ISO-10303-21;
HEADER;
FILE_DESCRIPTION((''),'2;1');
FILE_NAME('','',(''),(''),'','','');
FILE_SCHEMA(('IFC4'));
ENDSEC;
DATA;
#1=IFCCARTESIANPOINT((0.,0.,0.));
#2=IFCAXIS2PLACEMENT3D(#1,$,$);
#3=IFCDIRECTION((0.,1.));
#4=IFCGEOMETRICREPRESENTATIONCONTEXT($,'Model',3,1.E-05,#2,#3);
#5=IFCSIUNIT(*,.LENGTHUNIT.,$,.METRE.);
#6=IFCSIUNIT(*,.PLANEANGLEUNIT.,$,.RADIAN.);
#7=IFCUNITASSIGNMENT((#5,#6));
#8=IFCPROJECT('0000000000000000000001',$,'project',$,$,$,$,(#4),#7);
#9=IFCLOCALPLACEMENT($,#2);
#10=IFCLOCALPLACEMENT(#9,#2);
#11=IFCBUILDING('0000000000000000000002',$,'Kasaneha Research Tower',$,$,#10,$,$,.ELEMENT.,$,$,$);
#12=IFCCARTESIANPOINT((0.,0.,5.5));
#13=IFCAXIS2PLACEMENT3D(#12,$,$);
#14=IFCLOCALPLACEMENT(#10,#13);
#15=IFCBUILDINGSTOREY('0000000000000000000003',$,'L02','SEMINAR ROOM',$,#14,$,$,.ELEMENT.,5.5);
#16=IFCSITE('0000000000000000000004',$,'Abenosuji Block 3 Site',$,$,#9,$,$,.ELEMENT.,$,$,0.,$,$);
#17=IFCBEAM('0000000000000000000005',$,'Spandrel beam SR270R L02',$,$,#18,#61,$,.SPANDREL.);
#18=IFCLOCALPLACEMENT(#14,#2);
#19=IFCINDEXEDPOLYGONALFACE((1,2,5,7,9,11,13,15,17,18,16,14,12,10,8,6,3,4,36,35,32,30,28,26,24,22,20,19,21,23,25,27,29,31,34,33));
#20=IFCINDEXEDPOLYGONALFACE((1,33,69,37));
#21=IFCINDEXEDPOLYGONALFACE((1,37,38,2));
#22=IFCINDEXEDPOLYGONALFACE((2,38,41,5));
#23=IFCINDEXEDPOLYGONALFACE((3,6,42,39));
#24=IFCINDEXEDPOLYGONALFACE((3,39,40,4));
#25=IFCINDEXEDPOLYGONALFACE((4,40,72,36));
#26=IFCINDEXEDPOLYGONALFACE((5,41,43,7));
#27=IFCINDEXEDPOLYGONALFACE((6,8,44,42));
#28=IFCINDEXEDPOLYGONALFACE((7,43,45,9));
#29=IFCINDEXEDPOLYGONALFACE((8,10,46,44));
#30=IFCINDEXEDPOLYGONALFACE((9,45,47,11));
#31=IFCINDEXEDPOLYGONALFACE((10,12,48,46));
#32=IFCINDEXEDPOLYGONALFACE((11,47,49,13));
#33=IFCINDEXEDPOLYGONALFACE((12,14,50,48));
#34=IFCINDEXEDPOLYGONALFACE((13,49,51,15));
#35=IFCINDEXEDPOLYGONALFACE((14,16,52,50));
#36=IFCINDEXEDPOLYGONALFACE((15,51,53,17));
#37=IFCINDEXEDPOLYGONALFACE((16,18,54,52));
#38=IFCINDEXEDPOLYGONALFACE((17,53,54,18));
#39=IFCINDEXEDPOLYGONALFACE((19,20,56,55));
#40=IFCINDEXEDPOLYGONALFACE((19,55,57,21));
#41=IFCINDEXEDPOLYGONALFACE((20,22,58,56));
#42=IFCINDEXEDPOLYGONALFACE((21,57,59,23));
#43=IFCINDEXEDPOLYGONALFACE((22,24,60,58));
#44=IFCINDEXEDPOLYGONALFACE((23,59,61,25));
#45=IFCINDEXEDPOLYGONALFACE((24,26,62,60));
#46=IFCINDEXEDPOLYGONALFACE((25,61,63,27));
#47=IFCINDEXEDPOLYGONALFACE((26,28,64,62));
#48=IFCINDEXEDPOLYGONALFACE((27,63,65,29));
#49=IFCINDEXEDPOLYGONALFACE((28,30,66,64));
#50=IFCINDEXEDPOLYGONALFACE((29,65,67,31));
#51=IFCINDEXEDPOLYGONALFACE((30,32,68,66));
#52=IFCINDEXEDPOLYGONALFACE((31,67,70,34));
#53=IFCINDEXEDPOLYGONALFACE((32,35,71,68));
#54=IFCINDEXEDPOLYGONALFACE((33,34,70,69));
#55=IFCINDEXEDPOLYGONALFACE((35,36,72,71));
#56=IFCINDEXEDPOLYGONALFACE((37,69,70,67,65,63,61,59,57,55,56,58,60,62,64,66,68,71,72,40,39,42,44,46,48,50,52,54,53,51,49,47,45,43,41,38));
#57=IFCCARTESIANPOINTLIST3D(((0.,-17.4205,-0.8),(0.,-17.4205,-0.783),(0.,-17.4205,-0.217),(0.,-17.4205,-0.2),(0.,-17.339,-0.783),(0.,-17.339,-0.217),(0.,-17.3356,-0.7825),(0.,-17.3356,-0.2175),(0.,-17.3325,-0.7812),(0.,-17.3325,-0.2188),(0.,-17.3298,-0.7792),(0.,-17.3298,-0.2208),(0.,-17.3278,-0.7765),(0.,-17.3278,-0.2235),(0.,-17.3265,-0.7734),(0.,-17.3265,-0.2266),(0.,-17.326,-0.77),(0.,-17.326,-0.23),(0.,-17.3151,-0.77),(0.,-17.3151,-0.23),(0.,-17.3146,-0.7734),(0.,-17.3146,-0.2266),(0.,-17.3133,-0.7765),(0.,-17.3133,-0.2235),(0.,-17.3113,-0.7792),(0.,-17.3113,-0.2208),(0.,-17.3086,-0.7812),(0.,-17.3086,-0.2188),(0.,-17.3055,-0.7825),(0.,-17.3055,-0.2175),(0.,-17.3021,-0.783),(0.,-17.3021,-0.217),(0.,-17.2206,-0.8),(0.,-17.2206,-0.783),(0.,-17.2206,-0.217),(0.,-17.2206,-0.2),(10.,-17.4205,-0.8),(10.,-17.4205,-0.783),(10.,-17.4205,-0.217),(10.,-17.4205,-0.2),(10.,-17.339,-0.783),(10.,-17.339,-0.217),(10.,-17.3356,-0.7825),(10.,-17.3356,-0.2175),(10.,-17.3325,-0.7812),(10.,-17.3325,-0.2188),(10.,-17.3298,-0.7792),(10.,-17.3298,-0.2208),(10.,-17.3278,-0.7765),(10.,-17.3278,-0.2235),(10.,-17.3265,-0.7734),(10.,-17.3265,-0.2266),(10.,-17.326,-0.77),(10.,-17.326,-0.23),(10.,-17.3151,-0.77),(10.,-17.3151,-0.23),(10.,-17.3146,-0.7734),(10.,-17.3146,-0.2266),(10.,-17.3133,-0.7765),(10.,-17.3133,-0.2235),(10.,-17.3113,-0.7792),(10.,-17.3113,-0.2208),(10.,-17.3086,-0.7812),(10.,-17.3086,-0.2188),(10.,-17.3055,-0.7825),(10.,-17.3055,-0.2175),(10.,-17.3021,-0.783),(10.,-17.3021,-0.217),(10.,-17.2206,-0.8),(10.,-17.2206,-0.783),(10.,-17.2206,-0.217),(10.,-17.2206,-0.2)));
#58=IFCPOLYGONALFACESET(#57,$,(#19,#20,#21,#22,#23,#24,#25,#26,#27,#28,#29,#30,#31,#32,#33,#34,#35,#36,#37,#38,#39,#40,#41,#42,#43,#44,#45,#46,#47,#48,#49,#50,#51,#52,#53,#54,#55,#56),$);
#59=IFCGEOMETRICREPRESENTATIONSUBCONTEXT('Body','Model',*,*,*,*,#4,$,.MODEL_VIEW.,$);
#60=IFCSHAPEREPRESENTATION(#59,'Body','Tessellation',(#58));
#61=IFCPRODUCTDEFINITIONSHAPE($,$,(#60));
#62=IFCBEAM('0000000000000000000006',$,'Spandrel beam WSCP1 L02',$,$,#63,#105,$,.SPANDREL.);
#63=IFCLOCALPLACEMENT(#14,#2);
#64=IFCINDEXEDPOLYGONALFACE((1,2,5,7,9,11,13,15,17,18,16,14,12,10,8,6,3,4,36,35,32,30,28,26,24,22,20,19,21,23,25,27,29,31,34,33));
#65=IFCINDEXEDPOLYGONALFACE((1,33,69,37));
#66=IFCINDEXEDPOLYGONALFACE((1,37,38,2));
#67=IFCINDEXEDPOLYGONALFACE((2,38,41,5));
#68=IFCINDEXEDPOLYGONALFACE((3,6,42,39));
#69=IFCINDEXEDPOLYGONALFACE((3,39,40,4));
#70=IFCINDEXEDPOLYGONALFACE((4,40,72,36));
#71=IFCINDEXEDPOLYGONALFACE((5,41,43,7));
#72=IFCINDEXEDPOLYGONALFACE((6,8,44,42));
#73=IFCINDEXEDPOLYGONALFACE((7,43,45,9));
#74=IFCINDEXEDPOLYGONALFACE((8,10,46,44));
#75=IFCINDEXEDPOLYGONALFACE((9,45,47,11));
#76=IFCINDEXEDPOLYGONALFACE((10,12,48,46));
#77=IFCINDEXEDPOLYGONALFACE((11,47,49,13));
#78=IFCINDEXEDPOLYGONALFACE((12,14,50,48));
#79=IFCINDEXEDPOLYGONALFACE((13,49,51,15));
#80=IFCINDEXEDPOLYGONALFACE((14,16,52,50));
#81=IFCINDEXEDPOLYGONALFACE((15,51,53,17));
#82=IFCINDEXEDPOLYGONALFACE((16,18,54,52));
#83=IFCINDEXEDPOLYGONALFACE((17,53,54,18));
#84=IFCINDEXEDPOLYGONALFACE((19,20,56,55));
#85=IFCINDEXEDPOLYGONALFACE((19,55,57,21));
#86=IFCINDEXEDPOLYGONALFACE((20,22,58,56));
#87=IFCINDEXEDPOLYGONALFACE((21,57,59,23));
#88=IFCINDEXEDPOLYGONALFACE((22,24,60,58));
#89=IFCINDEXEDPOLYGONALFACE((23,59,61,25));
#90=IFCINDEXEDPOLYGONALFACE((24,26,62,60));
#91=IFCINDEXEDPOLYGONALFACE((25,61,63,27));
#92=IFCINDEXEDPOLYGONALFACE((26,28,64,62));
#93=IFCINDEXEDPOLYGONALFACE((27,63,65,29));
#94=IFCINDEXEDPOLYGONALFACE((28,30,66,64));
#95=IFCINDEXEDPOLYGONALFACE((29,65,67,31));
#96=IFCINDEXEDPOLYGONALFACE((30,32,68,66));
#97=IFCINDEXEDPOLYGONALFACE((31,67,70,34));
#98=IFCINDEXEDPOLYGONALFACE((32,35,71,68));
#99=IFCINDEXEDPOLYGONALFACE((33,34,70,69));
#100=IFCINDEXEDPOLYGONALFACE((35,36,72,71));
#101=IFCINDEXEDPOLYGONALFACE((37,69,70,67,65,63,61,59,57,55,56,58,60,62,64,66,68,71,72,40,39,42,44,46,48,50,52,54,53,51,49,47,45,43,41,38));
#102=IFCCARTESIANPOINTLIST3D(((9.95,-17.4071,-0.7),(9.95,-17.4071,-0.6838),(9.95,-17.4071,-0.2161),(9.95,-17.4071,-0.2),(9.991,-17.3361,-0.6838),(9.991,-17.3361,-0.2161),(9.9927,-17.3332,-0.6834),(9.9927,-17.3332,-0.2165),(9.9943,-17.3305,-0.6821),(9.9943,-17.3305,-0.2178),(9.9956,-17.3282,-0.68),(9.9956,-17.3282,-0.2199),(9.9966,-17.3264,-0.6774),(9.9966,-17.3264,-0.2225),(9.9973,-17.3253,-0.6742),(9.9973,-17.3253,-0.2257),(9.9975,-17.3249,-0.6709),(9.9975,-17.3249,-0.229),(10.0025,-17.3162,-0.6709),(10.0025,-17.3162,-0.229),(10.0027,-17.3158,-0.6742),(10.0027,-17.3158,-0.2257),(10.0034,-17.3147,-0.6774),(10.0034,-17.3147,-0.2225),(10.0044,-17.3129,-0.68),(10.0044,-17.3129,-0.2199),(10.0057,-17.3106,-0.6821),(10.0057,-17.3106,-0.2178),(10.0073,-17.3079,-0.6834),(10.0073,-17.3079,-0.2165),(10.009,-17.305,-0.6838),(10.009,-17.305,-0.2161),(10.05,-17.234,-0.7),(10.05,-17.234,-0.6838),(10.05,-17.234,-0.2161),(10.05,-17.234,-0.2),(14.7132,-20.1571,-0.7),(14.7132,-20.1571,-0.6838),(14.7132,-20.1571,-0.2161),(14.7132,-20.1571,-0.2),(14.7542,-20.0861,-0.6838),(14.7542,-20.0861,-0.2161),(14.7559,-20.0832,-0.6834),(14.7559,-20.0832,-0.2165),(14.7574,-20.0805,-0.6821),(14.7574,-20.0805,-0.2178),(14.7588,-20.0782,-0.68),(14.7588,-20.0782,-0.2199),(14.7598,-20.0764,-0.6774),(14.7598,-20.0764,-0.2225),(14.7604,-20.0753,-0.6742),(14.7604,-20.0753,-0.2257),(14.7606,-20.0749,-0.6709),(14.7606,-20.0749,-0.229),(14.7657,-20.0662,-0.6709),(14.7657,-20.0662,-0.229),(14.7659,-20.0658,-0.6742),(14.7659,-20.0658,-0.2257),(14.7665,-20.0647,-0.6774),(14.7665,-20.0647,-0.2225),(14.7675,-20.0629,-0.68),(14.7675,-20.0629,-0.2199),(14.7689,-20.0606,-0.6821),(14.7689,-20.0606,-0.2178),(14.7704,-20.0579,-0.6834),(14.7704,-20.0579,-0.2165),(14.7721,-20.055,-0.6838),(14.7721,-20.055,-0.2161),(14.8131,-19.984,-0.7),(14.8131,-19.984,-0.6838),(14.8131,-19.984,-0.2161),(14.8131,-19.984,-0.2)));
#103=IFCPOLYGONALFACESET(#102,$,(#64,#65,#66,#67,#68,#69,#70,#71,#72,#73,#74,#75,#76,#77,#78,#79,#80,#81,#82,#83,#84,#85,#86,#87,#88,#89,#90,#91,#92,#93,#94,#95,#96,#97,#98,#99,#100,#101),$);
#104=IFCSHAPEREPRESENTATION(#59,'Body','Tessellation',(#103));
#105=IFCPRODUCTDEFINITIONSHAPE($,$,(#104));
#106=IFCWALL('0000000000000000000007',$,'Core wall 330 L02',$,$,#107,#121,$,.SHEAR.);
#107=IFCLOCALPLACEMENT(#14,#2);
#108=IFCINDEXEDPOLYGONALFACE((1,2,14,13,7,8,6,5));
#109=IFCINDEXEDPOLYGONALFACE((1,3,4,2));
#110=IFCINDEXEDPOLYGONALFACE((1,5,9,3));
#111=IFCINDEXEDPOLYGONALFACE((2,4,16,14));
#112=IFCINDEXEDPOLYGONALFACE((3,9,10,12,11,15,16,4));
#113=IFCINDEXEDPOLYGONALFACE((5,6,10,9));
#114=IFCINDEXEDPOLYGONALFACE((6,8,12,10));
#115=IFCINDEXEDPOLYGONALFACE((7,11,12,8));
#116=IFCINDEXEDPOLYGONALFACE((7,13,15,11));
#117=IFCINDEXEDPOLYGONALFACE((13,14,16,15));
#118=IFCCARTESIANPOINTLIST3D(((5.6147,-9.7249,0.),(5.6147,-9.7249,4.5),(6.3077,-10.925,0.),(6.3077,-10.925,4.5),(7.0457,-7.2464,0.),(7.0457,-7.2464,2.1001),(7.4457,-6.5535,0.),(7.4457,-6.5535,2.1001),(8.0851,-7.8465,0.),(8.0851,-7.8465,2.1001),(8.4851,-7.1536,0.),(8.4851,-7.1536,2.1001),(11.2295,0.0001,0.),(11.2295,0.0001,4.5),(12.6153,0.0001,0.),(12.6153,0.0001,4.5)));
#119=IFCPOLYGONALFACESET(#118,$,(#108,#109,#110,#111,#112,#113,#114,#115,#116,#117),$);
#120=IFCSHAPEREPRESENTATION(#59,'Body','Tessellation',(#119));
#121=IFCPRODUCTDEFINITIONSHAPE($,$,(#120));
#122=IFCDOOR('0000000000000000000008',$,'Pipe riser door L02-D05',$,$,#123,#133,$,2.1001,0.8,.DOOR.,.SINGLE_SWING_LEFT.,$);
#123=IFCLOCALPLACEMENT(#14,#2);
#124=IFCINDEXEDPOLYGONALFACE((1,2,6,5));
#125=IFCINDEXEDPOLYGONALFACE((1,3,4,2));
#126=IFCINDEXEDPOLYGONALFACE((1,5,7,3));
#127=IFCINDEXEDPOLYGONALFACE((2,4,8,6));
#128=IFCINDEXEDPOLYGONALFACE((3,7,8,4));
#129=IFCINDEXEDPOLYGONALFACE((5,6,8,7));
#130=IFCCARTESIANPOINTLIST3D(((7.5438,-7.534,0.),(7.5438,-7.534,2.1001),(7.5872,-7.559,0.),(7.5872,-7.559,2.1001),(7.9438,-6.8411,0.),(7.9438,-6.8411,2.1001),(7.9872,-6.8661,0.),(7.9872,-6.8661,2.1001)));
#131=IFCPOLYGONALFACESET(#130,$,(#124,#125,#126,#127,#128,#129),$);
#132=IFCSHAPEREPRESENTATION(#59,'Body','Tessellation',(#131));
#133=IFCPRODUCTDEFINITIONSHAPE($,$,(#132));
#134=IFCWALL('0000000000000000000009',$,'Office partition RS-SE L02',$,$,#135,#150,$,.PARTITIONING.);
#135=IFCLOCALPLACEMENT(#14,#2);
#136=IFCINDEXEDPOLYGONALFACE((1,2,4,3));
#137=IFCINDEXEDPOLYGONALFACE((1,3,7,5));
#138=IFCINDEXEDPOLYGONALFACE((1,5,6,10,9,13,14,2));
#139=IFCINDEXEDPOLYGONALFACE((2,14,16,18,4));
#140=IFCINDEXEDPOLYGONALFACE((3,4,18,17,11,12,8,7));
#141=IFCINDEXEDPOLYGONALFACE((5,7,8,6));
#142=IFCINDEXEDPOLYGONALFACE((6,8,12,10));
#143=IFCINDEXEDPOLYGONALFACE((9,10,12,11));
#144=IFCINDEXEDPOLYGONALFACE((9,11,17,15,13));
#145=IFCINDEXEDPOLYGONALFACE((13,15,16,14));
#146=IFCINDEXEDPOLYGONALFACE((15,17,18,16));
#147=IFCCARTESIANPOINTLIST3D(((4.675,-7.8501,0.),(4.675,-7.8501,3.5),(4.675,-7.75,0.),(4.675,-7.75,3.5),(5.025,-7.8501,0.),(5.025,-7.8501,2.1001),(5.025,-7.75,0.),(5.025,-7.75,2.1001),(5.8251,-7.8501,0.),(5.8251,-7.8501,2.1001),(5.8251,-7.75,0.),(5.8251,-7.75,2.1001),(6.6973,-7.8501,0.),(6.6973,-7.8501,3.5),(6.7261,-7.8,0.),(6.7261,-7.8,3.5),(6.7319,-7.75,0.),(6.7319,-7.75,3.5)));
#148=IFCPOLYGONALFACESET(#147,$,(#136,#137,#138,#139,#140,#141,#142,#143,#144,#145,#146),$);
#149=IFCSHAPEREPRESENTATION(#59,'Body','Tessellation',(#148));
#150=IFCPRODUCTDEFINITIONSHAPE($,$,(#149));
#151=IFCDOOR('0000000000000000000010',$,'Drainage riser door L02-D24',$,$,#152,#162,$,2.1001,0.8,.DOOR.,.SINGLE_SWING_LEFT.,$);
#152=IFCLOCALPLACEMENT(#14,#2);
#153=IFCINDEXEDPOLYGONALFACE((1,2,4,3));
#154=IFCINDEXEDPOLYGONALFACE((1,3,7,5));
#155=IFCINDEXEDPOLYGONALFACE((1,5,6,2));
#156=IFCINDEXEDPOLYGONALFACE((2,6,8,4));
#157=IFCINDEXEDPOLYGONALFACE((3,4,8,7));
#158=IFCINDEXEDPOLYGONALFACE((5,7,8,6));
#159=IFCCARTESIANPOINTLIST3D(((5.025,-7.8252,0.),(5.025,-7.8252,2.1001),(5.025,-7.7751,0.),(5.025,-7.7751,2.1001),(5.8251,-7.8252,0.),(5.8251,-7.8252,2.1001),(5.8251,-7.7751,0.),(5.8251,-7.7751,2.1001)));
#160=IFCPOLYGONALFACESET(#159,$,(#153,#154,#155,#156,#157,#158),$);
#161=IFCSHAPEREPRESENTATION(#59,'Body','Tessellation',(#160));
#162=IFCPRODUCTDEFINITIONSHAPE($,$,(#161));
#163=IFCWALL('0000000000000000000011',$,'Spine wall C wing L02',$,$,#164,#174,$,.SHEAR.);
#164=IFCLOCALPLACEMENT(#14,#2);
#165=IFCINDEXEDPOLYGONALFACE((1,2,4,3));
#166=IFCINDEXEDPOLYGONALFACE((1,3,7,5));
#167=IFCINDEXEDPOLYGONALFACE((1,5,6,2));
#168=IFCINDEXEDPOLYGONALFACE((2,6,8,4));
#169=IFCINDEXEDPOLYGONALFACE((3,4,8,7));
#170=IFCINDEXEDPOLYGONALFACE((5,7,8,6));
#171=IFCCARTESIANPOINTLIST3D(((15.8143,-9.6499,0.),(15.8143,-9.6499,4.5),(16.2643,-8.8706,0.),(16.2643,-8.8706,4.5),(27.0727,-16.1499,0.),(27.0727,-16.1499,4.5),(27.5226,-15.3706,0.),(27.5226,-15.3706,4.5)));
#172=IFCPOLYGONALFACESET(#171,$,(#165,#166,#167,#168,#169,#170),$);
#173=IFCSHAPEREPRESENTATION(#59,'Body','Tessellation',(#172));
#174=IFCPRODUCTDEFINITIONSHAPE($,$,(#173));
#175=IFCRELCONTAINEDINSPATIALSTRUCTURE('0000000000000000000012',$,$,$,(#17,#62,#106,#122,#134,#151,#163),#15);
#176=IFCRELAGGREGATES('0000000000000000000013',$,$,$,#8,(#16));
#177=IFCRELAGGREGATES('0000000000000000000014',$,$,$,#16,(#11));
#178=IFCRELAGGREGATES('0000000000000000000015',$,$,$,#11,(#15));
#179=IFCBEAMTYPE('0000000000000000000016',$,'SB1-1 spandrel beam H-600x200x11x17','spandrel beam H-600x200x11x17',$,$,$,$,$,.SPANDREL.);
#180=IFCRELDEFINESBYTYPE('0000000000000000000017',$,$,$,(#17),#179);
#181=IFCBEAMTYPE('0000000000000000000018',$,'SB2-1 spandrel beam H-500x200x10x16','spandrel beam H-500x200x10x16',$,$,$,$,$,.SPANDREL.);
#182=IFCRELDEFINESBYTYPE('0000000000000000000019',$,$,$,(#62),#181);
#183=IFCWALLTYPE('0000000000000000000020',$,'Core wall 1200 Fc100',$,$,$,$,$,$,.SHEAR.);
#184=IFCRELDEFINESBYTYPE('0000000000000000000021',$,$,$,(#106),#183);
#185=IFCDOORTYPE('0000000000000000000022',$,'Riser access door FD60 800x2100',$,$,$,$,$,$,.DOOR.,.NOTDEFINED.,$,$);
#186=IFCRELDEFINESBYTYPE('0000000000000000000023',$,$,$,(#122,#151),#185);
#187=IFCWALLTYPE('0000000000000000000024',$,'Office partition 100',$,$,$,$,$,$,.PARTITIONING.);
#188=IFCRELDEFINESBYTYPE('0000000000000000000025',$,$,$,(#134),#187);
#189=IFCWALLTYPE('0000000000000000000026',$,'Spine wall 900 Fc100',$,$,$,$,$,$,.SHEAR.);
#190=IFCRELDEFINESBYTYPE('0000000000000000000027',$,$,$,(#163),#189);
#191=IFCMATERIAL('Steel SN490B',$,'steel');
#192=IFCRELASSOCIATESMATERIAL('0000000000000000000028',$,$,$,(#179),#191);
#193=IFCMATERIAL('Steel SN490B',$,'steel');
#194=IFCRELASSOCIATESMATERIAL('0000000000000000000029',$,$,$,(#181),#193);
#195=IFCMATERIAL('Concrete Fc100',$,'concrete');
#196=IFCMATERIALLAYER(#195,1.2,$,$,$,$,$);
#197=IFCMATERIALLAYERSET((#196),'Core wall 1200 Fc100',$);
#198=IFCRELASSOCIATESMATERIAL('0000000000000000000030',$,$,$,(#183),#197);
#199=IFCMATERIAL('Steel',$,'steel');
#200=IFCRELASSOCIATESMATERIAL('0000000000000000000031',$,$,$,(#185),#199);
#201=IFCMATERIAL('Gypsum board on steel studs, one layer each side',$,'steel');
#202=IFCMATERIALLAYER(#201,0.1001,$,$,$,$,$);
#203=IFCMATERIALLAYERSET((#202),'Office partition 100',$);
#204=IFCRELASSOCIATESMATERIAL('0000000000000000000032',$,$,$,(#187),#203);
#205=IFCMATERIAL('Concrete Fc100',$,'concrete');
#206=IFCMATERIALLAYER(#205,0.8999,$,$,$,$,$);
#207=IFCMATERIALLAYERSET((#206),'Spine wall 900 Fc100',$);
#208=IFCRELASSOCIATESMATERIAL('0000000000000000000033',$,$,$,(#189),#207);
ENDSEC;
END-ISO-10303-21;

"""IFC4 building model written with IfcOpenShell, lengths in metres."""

from ifc_helpers import new_model, si_unit, direction, frame, frame_2d, origin, origin_2d, place, context, subcontext, project, spatial, polyline, rectangle, i_section, outline, extrude, material, layer, layer_set, material_profile, profile_set, type_object, element, fill, save


model = new_model("IFC4")

# Units and contexts
model_context = context("Model", 3, precision=1e-05, world=origin(), true_north=direction((0.0, 1.0)))
body_context = subcontext(model_context, "Body", "Model", "MODEL_VIEW")
ifc_project = project(units=[si_unit("LENGTHUNIT", "METRE"), si_unit("PLANEANGLEUNIT", "RADIAN")], contexts=[model_context])

# Site, building, storey
site_placement = place(None, origin())
site = spatial("IfcSite", under=ifc_project, at=site_placement, Name="Abenosuji Block 3 Site", CompositionType="ELEMENT", RefElevation=0.0)
building_placement = place(site_placement, origin())
building = spatial("IfcBuilding", under=site, at=building_placement, Name="Kasaneha Research Tower", CompositionType="ELEMENT")
storey_placement = place(building_placement, frame((0.0, 0.0, 5.5)))
storey = spatial("IfcBuildingStorey", under=building, at=storey_placement, Name="L02", Description="SEMINAR ROOM", CompositionType="ELEMENT", Elevation=5.5)

# Beams
ifc_material_1 = material(Name="Steel SN490B", Category="steel")
ifc_material_profile_1 = material_profile(ifc_material_1, i_section(OverallWidth=0.2, OverallDepth=0.6001, WebThickness=0.011, FlangeThickness=0.0171, FilletRadius=0.0129, at=origin_2d()), Name="H-600x200x11x17")
ifc_profile_set_1 = profile_set([ifc_material_profile_1], Name="Steel SN490B")
beam_type_1 = type_object("IfcBeamType", Name="SB1-1 spandrel beam H-600x200x11x17", Description="spandrel beam H-600x200x11x17", PredefinedType="SPANDREL", material=ifc_profile_set_1)
beam_1_placement = place(storey_placement, frame((10.0, -17.3206, -0.5), z_axis=(-1.0, 0.0, 0.0), x_axis=(0.0, -1.0, 0.0)))
element("IfcBeam", 1, at=beam_1_placement, inside=storey, type_object=beam_type_1, Name="Spandrel beam SR270R L02", PredefinedType="SPANDREL", context=body_context, shape_type="SweptSolid", body=[
    extrude(i_section(OverallWidth=0.2, OverallDepth=0.6001, WebThickness=0.011, FlangeThickness=0.0171, FilletRadius=0.0129, at=origin_2d()), origin(), (0.0, 0.0, 1.0), 10.0),
])
ifc_material_2 = material(Name="Steel SN490B", Category="steel")
ifc_material_profile_2 = material_profile(ifc_material_2, i_section(OverallWidth=0.2, OverallDepth=0.5, WebThickness=0.01, FlangeThickness=0.0161, FilletRadius=0.0129, at=origin_2d()), Name="H-500x200x10x16")
ifc_profile_set_2 = profile_set([ifc_material_profile_2], Name="Steel SN490B")
beam_type_2 = type_object("IfcBeamType", Name="SB2-1 spandrel beam H-500x200x10x16", Description="spandrel beam H-500x200x10x16", PredefinedType="SPANDREL", material=ifc_profile_set_2)
beam_2_placement = place(storey_placement, frame((10.0, -17.3206, -0.45), z_axis=(0.866027, -0.499997, 0.0), x_axis=(0.499997, 0.866027, 0.0)))
element("IfcBeam", 2, at=beam_2_placement, inside=storey, type_object=beam_type_2, Name="Spandrel beam WSCP1 L02", PredefinedType="SPANDREL", context=body_context, shape_type="SweptSolid", body=[
    extrude(i_section(OverallWidth=0.2, OverallDepth=0.5, WebThickness=0.01, FlangeThickness=0.0161, FilletRadius=0.0129, at=origin_2d()), origin(), (0.0, 0.0, 1.0), 5.5),
])

# Walls, openings, doors
ifc_material_3 = material(Name="Concrete Fc100", Category="concrete")
ifc_layer_1 = layer(ifc_material_3, 1.2)
ifc_layer_set_1 = layer_set([ifc_layer_1], Name="Core wall 1200 Fc100")
wall_type_1 = type_object("IfcWallType", Name="Core wall 1200 Fc100", PredefinedType="SHEAR", material=ifc_layer_set_1)
wall_1_placement = place(storey_placement, frame((5.9612, -10.325, 0.0), z_axis=(0.0, 0.0, 1.0), x_axis=(0.500004, 0.866023, 0.0)))
wall_1 = element("IfcWall", 3, at=wall_1_placement, inside=storey, type_object=wall_type_1, Name="Core wall 330 L02", PredefinedType="SHEAR", context=body_context, shape_type="SweptSolid", body=[
    extrude(outline(polyline([(-0.3464, -0.6001), (3.2085, -0.6001), (4.0085, -0.6001), (12.2688, -0.6001), (11.5759, 0.6001), (4.0085, 0.6001), (3.2085, 0.6001), (0.3464, 0.6001), (-0.3464, -0.6001)])), origin(), (0.0, 0.0, 1.0), 4.5),
])
opening_1_placement = place(wall_1_placement, frame((3.2085, 0.0, 0.0)))
opening_1 = element("IfcOpeningElement", 4, at=opening_1_placement, cuts=wall_1, PredefinedType="OPENING", context=body_context, shape_type="SweptSolid", body=[
    extrude(rectangle(XDim=0.8, YDim=2.1001, at=frame_2d((0.3999, 1.05))), frame((0.0, 0.6099, 0.0), z_axis=(0.0, -1.0, 0.0), x_axis=(1.0, 0.0, 0.0)), (0.0, 0.0, 1.0), 1.22),
])
ifc_material_4 = material(Name="Steel", Category="steel")
door_type_1 = type_object("IfcDoorType", Name="Riser access door FD60 800x2100", OperationType="NOTDEFINED", PredefinedType="DOOR", material=ifc_material_4)
door_1_placement = place(opening_1_placement, origin())
door_1 = element("IfcDoor", 5, at=door_1_placement, inside=storey, type_object=door_type_1, Name="Pipe riser door L02-D05", OperationType="SINGLE_SWING_LEFT", OverallHeight=2.1001, OverallWidth=0.8, PredefinedType="DOOR", context=body_context, shape_type="SweptSolid", body=[
    extrude(rectangle(XDim=0.8, YDim=2.1001, at=frame_2d((0.3999, 1.05))), frame((0.0, 0.0249, 0.0), z_axis=(0.0, -1.0, 0.0), x_axis=(1.0, 0.0, 0.0)), (0.0, 0.0, 1.0), 0.05),
])
fill(opening_1, door_1)
ifc_material_5 = material(Name="Gypsum board on steel studs, one layer each side", Category="steel")
ifc_layer_2 = layer(ifc_material_5, 0.1001)
ifc_layer_set_2 = layer_set([ifc_layer_2], Name="Office partition 100")
wall_type_2 = type_object("IfcWallType", Name="Office partition 100", PredefinedType="PARTITIONING", material=ifc_layer_set_2)
wall_2_placement = place(storey_placement, frame((4.675, -7.8, 0.0), z_axis=(0.0, 0.0, 1.0), x_axis=(1.0, 0.0, 0.0)))
wall_2 = element("IfcWall", 6, at=wall_2_placement, inside=storey, type_object=wall_type_2, Name="Office partition RS-SE L02", PredefinedType="PARTITIONING", context=body_context, shape_type="SweptSolid", body=[
    extrude(outline(polyline([(0.0, -0.05), (0.3501, -0.05), (1.1501, -0.05), (2.0222, -0.05), (2.051, 0.0), (2.0569, 0.05), (1.1501, 0.05), (0.3501, 0.05), (0.0, 0.05), (0.0, -0.05)])), origin(), (0.0, 0.0, 1.0), 3.5),
])
opening_2_placement = place(wall_2_placement, frame((0.3501, 0.0, 0.0)))
opening_2 = element("IfcOpeningElement", 7, at=opening_2_placement, cuts=wall_2, PredefinedType="OPENING", context=body_context, shape_type="SweptSolid", body=[
    extrude(rectangle(XDim=0.8, YDim=2.1001, at=frame_2d((0.3999, 1.05))), frame((0.0, 0.0601, 0.0), z_axis=(0.0, -1.0, 0.0), x_axis=(1.0, 0.0, 0.0)), (0.0, 0.0, 1.0), 0.1201),
])
door_2_placement = place(opening_2_placement, origin())
door_2 = element("IfcDoor", 8, at=door_2_placement, inside=storey, type_object=door_type_1, Name="Drainage riser door L02-D24", OperationType="SINGLE_SWING_LEFT", OverallHeight=2.1001, OverallWidth=0.8, PredefinedType="DOOR", context=body_context, shape_type="SweptSolid", body=[
    extrude(rectangle(XDim=0.8, YDim=2.1001, at=frame_2d((0.3999, 1.05))), frame((0.0, 0.0249, 0.0), z_axis=(0.0, -1.0, 0.0), x_axis=(1.0, 0.0, 0.0)), (0.0, 0.0, 1.0), 0.05),
])
fill(opening_2, door_2)

# Wall
ifc_material_6 = material(Name="Concrete Fc100", Category="concrete")
ifc_layer_3 = layer(ifc_material_6, 0.8999)
ifc_layer_set_3 = layer_set([ifc_layer_3], Name="Spine wall 900 Fc100")
wall_type_3 = type_object("IfcWallType", Name="Spine wall 900 Fc100", PredefinedType="SHEAR", material=ifc_layer_set_3)
wall_3_placement = place(storey_placement, frame((16.0393, -9.2603, 0.0), z_axis=(0.0, 0.0, 1.0), x_axis=(0.866025, -0.500001, 0.0)))
element("IfcWall", 9, at=wall_3_placement, inside=storey, type_object=wall_type_3, Name="Spine wall C wing L02", PredefinedType="SHEAR", context=body_context, shape_type="SweptSolid", body=[
    extrude(rectangle(XDim=13.0, YDim=0.8999, at=frame_2d((6.5, 0.0))), origin(), (0.0, 0.0, 1.0), 4.5),
])

save(model, "model.ifc")
